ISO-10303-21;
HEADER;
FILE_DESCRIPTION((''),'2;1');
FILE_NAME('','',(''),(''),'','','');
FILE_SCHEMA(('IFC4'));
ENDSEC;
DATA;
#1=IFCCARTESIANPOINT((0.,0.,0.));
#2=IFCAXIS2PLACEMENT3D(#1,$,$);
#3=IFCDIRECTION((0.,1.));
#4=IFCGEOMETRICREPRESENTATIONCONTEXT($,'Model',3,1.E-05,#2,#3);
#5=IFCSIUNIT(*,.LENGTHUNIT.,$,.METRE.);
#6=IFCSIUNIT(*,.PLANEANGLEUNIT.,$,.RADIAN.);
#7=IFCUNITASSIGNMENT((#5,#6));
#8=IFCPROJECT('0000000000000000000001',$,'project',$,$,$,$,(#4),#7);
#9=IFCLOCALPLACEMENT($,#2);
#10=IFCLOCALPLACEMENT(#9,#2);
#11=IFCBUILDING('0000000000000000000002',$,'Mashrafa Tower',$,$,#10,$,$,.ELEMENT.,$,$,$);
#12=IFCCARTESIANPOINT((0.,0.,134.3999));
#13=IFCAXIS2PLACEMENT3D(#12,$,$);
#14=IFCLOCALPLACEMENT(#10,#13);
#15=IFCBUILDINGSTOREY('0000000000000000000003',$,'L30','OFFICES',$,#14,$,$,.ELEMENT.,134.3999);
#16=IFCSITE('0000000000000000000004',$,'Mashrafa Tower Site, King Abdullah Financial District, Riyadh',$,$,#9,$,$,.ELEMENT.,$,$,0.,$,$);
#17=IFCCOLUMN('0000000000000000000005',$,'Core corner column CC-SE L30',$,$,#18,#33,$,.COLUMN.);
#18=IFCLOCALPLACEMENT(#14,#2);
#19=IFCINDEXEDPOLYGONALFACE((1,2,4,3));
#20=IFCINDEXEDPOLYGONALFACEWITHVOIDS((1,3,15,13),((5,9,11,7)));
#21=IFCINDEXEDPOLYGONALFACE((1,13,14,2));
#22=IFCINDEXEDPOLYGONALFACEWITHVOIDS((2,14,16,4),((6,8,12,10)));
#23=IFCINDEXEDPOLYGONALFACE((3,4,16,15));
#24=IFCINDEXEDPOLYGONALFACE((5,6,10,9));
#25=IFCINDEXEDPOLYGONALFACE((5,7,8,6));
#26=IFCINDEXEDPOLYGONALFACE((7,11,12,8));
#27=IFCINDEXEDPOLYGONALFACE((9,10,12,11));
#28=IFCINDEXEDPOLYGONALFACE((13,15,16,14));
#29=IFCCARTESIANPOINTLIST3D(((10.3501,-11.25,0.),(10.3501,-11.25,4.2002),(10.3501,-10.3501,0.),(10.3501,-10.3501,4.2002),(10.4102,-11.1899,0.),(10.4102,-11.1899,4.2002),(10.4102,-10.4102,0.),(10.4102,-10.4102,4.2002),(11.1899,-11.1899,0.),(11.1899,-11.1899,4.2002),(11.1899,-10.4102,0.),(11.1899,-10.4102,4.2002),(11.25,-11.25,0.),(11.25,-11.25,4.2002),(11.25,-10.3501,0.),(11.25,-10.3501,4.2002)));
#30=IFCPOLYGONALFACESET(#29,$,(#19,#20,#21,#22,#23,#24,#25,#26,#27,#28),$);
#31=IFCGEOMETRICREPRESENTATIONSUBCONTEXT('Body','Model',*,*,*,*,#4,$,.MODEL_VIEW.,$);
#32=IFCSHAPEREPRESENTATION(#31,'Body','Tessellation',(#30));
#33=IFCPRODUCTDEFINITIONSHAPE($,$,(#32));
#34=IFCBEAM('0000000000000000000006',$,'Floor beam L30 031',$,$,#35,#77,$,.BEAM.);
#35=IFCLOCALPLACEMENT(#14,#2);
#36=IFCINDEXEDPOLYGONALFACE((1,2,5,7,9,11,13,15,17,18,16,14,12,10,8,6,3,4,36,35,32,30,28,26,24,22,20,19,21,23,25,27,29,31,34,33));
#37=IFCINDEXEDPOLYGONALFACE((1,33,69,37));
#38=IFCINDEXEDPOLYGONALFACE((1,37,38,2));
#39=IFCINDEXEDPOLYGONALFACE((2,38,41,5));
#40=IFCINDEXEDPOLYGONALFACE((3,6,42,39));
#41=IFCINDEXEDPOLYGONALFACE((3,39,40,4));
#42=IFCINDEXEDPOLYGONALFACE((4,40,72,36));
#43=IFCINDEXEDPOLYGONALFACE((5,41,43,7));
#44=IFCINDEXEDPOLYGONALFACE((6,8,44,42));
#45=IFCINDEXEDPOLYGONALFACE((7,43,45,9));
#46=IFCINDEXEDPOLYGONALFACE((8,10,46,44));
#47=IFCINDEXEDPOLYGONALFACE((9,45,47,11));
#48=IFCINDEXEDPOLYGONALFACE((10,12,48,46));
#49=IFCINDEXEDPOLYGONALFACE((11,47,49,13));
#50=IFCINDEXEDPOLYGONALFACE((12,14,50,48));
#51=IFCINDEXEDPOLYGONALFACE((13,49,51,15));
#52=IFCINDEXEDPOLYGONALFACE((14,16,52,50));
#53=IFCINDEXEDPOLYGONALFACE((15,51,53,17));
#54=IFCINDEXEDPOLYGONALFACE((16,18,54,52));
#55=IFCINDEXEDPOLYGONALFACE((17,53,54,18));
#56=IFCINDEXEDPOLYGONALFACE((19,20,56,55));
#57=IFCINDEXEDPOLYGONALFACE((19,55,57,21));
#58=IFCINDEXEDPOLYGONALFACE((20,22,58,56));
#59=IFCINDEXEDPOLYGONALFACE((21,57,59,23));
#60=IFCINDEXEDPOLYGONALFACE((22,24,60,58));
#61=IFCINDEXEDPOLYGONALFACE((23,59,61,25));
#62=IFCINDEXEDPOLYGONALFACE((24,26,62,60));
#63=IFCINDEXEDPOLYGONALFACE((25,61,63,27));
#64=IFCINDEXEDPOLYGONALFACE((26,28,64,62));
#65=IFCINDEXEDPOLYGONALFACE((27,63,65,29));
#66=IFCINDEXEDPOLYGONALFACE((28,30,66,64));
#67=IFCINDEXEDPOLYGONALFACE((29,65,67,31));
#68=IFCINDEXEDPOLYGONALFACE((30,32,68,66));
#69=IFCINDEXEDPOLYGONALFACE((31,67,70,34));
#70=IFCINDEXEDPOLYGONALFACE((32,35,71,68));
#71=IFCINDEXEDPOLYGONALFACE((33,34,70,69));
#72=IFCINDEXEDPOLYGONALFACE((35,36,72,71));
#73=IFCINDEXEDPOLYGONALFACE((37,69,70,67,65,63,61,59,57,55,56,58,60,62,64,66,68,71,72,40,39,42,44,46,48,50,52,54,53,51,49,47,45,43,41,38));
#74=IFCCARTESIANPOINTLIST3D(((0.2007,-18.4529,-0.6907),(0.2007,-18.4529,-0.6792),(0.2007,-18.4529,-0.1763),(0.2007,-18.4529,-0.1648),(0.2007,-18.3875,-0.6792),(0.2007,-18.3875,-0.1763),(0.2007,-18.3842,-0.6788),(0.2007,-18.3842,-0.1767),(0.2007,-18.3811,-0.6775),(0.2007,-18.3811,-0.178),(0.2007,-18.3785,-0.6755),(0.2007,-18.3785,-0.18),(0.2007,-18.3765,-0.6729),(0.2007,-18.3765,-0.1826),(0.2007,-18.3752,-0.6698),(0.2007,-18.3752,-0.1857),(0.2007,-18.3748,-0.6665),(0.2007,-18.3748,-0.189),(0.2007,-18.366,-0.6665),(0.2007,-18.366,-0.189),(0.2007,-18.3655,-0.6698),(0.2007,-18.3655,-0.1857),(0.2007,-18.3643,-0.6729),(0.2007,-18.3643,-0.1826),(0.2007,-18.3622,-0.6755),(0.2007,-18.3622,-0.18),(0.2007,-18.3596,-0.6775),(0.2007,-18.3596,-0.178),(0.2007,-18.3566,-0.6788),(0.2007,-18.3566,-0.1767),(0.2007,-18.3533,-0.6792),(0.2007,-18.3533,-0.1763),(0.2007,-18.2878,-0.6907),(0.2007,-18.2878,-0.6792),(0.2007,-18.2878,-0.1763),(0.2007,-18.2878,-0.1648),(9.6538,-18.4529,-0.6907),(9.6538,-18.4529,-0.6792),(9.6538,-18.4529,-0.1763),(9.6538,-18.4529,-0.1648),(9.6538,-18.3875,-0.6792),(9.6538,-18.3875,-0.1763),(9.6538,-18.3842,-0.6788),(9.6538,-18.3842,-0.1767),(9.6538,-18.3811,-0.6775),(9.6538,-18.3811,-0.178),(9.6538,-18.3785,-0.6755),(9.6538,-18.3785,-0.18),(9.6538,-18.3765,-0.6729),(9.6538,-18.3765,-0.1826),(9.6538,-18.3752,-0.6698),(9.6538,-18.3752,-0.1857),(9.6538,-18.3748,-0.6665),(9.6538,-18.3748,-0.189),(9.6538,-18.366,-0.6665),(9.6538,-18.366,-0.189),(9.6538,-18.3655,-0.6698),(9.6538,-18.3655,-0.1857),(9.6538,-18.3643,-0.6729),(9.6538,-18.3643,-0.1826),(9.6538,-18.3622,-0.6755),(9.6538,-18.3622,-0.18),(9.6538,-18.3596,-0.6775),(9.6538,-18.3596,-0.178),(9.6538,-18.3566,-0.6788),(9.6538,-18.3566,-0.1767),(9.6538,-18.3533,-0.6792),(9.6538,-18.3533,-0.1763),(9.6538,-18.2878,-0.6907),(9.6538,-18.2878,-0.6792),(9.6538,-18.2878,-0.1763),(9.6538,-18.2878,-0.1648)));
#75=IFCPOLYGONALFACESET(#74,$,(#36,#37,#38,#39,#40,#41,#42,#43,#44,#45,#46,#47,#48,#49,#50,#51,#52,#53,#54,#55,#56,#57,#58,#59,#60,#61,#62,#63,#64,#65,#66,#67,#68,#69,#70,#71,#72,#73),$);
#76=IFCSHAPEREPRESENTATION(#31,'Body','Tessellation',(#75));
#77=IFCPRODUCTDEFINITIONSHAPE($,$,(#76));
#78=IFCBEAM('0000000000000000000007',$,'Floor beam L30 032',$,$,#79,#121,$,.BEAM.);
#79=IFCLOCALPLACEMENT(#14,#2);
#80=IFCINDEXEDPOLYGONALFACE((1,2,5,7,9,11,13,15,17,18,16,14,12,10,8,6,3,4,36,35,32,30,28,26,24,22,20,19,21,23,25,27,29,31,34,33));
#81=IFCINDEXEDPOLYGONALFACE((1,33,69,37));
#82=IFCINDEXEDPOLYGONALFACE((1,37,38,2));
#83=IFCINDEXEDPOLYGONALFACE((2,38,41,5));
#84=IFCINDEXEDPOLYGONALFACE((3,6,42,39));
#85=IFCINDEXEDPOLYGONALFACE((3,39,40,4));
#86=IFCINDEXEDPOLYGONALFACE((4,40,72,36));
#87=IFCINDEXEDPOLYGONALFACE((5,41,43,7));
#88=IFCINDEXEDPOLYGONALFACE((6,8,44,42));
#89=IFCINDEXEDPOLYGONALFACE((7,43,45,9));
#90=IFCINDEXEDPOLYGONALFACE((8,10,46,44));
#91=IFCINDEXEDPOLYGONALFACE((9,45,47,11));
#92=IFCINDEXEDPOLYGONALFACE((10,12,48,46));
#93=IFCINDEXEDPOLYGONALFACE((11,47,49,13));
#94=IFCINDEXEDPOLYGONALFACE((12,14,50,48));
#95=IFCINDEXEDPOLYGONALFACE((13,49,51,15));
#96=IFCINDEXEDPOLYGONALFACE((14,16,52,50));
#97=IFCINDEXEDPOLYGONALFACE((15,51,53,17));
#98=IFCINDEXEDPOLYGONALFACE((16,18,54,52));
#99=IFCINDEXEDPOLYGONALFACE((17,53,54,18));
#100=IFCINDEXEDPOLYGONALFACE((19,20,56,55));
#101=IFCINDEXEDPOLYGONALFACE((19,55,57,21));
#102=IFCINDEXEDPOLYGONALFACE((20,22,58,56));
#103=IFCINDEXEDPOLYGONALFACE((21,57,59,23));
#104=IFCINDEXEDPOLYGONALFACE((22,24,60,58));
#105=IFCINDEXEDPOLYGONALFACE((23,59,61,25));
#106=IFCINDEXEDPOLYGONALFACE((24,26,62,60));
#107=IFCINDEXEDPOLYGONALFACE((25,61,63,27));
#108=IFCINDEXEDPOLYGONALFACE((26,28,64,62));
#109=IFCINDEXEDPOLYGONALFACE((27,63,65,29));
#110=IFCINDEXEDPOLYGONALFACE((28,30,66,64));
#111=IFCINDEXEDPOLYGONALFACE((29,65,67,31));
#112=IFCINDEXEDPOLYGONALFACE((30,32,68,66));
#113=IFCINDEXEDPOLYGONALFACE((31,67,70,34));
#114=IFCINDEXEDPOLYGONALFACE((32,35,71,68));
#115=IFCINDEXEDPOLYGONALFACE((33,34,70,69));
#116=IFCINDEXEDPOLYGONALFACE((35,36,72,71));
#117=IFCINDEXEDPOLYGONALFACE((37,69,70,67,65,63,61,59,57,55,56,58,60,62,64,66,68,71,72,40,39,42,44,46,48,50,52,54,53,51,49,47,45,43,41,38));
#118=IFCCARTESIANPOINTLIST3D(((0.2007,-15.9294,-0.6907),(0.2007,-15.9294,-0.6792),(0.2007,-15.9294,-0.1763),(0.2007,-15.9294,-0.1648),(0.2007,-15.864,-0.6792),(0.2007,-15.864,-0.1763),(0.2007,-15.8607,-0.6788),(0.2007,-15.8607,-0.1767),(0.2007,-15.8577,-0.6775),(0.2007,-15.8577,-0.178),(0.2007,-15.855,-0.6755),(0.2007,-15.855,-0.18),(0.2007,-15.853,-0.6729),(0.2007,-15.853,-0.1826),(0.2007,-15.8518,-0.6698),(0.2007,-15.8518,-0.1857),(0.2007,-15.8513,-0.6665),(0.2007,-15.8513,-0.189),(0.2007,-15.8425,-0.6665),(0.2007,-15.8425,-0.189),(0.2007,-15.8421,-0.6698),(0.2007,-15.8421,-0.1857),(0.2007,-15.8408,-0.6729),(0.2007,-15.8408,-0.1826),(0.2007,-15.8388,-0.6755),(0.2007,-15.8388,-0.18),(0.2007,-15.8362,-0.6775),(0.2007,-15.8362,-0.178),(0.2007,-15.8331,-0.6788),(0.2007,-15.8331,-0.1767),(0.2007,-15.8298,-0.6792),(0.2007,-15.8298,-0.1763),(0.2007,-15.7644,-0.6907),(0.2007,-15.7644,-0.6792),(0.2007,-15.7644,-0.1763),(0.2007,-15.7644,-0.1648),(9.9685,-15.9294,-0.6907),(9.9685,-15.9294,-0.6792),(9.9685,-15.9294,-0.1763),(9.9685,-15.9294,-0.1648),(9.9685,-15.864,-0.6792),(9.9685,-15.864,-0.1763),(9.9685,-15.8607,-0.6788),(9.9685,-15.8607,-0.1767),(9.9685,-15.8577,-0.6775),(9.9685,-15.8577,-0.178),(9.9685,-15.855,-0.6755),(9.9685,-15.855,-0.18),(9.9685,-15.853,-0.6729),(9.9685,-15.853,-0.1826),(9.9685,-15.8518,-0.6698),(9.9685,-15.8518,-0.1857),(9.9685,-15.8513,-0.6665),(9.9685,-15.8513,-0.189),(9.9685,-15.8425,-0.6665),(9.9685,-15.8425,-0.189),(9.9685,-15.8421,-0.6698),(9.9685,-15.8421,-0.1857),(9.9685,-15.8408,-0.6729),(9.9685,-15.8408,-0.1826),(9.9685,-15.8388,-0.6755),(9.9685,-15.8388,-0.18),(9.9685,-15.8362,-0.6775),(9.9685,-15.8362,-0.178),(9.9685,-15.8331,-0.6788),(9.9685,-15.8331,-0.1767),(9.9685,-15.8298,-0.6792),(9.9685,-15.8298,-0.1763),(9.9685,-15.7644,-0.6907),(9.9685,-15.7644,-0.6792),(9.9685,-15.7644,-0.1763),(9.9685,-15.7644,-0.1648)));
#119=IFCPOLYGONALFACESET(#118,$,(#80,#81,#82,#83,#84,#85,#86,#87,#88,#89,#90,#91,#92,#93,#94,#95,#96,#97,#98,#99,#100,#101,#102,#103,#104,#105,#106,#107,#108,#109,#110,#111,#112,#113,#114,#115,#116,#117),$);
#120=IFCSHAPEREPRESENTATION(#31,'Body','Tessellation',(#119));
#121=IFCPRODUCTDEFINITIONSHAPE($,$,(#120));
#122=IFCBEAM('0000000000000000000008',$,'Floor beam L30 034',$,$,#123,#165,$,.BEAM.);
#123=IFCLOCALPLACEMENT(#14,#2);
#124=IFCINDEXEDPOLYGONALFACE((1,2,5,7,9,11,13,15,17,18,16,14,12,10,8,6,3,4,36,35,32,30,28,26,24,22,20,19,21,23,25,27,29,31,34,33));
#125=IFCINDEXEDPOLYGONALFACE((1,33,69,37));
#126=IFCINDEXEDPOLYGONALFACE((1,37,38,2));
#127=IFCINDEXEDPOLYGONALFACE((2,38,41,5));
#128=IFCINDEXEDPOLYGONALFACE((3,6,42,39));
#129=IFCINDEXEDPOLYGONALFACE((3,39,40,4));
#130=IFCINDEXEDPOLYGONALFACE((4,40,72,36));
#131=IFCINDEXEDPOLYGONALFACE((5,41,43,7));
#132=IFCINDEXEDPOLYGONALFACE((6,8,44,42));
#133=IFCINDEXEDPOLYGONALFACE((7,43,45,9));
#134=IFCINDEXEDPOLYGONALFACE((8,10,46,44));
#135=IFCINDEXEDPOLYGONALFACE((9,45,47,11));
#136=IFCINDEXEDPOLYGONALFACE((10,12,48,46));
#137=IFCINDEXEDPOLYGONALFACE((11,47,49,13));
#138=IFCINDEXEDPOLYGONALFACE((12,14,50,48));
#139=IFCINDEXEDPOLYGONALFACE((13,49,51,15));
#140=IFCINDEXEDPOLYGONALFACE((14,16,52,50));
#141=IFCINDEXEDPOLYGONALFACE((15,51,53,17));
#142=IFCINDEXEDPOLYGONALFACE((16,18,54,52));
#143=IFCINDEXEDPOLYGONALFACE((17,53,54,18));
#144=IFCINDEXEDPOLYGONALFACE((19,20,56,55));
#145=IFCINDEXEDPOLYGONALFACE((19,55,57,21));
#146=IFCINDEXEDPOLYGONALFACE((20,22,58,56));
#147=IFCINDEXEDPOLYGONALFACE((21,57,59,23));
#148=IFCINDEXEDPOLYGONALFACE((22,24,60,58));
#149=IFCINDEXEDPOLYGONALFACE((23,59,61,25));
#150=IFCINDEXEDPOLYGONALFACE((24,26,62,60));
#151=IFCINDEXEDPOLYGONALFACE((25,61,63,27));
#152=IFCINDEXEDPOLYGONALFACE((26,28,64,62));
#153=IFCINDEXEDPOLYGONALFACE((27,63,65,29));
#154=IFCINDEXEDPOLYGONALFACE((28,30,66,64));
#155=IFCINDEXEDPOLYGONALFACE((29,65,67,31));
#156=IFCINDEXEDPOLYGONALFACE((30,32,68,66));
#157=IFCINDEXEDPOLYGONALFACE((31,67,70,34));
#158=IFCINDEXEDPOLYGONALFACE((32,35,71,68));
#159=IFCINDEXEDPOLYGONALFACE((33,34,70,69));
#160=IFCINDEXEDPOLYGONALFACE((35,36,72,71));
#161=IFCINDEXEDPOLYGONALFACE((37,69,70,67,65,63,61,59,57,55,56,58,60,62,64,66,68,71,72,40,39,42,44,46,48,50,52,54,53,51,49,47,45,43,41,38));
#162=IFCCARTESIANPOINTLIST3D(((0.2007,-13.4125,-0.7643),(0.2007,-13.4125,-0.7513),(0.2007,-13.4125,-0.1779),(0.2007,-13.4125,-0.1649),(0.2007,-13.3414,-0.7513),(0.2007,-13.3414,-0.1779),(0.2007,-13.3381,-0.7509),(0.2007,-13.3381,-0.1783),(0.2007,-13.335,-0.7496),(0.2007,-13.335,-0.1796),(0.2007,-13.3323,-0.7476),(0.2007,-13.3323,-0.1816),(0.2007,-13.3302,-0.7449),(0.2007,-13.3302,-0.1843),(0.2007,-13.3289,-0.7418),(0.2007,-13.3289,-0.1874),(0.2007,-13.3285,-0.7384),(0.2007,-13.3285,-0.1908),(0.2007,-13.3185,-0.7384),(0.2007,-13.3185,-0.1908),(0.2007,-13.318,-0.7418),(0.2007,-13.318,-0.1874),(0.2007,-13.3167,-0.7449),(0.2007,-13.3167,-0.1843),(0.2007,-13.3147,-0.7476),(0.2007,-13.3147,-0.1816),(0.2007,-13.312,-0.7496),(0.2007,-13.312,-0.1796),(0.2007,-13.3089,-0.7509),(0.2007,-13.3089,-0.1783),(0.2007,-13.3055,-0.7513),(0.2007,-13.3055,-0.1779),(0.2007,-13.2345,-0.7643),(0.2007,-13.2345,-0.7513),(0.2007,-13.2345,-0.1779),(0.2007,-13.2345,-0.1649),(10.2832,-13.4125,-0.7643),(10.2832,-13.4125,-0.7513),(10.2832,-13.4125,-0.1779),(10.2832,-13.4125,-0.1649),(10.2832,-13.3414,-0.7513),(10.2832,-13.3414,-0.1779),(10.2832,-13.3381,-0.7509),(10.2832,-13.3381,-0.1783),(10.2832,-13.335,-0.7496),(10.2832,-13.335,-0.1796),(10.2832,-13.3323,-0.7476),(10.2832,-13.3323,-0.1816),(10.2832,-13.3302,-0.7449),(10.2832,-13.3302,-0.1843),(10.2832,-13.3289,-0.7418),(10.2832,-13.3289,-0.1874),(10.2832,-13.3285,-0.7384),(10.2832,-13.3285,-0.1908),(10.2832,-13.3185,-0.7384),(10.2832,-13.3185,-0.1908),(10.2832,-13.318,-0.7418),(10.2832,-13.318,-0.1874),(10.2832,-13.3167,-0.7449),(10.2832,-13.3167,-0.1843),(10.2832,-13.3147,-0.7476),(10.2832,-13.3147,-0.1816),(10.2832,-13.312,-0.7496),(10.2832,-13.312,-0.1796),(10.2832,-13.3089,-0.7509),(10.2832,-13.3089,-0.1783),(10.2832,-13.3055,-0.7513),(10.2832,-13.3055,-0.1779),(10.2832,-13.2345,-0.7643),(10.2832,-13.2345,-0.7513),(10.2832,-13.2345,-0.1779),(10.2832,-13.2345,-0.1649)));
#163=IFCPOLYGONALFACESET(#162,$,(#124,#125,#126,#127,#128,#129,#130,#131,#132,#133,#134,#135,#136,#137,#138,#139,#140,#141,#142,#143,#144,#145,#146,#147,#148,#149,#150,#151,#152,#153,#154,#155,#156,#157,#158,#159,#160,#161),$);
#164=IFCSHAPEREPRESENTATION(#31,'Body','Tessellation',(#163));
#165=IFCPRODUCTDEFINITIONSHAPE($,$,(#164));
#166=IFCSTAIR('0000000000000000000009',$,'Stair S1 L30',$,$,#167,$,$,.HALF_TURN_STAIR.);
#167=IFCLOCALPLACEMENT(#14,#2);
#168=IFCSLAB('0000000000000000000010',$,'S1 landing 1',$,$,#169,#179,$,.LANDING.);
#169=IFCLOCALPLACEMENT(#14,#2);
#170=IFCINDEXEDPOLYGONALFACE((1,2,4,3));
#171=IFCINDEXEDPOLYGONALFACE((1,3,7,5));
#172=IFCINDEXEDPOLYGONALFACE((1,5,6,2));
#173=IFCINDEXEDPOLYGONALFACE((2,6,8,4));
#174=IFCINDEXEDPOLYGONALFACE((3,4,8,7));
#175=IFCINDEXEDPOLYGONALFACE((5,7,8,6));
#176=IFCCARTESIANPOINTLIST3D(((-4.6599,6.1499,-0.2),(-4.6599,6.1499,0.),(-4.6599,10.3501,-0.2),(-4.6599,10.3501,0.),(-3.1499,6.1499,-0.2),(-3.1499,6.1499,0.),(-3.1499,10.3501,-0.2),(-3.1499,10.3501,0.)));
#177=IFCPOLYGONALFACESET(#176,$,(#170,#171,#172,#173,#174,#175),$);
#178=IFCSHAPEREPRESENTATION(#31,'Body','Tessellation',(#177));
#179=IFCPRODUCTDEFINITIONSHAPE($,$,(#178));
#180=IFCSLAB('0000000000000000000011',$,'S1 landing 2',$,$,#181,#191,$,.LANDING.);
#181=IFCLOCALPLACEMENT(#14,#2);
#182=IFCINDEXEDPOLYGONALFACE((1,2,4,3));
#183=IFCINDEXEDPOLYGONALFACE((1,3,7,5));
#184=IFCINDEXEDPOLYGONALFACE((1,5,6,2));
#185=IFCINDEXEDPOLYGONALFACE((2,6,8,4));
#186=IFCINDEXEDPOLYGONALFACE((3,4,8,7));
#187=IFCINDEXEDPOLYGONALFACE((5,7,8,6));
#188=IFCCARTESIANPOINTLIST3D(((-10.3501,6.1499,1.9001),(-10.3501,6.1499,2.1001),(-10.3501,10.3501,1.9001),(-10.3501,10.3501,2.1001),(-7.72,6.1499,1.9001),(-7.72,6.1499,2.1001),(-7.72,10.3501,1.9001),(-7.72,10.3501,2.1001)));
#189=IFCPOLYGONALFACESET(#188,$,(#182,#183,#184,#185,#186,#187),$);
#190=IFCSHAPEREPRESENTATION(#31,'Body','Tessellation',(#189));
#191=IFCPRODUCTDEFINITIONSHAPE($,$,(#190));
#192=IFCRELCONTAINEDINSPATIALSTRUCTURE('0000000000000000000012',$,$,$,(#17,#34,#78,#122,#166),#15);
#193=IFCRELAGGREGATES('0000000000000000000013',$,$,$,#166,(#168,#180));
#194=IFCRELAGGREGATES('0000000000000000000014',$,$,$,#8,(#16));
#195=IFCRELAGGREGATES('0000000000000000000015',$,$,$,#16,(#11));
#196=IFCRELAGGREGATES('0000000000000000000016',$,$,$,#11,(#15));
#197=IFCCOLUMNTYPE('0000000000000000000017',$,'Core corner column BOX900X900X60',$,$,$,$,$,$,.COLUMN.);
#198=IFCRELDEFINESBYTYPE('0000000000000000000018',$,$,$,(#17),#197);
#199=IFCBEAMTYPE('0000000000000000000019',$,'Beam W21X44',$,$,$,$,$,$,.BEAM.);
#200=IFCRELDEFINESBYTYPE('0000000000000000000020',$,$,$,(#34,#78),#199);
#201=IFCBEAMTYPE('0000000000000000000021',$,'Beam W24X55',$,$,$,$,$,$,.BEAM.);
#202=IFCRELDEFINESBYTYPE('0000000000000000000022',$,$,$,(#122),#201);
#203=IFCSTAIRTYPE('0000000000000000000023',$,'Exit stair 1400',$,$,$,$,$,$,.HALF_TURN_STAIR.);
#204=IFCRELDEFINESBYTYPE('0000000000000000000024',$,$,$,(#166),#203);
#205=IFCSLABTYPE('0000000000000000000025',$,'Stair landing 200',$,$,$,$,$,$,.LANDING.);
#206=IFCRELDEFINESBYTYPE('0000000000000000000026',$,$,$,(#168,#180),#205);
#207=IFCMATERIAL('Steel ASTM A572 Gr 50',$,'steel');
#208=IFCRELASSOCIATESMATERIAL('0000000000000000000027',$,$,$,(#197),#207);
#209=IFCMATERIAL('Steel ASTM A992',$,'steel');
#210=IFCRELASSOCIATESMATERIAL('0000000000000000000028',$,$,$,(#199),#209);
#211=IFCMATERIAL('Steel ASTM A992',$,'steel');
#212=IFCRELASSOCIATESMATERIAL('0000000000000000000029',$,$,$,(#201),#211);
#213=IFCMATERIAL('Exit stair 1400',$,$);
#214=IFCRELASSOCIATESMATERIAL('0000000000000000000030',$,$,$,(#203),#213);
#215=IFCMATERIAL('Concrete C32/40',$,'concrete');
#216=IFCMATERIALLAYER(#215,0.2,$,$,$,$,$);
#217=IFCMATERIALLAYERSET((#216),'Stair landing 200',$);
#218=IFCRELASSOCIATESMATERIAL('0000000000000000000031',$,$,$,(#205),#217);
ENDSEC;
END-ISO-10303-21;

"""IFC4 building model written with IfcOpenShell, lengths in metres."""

from ifc_helpers import new_model, si_unit, direction, frame, origin, origin_2d, place, context, subcontext, project, spatial, polyline, hollow_rectangle, i_section, outline, extrude, material, layer, layer_set, material_profile, profile_set, type_object, element, aggregate, save


model = new_model("IFC4")

# Units and contexts
model_context = context("Model", 3, precision=1e-05, world=origin(), true_north=direction((0.0, 1.0)))
body_context = subcontext(model_context, "Body", "Model", "MODEL_VIEW")
ifc_project = project(units=[si_unit("LENGTHUNIT", "METRE"), si_unit("PLANEANGLEUNIT", "RADIAN")], contexts=[model_context])

# Site, building, storey
site_placement = place(None, origin())
site = spatial("IfcSite", under=ifc_project, at=site_placement, Name="Mashrafa Tower Site, King Abdullah Financial District, Riyadh", CompositionType="ELEMENT", RefElevation=0.0)
building_placement = place(site_placement, origin())
building = spatial("IfcBuilding", under=site, at=building_placement, Name="Mashrafa Tower", CompositionType="ELEMENT")
storey_placement = place(building_placement, frame((0.0, 0.0, 134.3999)))
storey = spatial("IfcBuildingStorey", under=building, at=storey_placement, Name="L30", Description="OFFICES", CompositionType="ELEMENT", Elevation=134.3999)

# Column
ifc_material_1 = material(Name="Steel ASTM A572 Gr 50", Category="steel")
ifc_material_profile_1 = material_profile(ifc_material_1, hollow_rectangle(XDim=0.8999, YDim=0.8999, WallThickness=0.0601, at=origin_2d()), Name="BOX900X900X60")
ifc_profile_set_1 = profile_set([ifc_material_profile_1], Name="Steel ASTM A572 Gr 50")
column_type = type_object("IfcColumnType", Name="Core corner column BOX900X900X60", PredefinedType="COLUMN", material=ifc_profile_set_1)
column_placement = place(storey_placement, frame((10.8, -10.8, 0.0), z_axis=(0.0, 0.0, 1.0), x_axis=(1.0, 0.0, 0.0)))
element("IfcColumn", 1, at=column_placement, inside=storey, type_object=column_type, Name="Core corner column CC-SE L30", PredefinedType="COLUMN", context=body_context, shape_type="SweptSolid", body=[
    extrude(hollow_rectangle(XDim=0.8999, YDim=0.8999, WallThickness=0.0601, at=origin_2d()), origin(), (0.0, 0.0, 1.0), 4.2002),
])

# Beams
ifc_material_2 = material(Name="Steel ASTM A992", Category="steel")
ifc_material_profile_2 = material_profile(ifc_material_2, i_section(OverallWidth=0.165, OverallDepth=0.5259, WebThickness=0.0088, FlangeThickness=0.0115, FilletRadius=0.0127, at=origin_2d()), Name="W21X44")
ifc_profile_set_2 = profile_set([ifc_material_profile_2], Name="Steel ASTM A992")
beam_type_1 = type_object("IfcBeamType", Name="Beam W21X44", PredefinedType="BEAM", material=ifc_profile_set_2)
beam_1_placement = place(storey_placement, frame((9.6538, -18.3704, -0.4277), z_axis=(-1.0, 0.0, 0.0), x_axis=(0.0, -1.0, 0.0)))
element("IfcBeam", 2, at=beam_1_placement, inside=storey, type_object=beam_type_1, Name="Floor beam L30 031", PredefinedType="BEAM", context=body_context, shape_type="SweptSolid", body=[
    extrude(i_section(OverallWidth=0.165, OverallDepth=0.5259, WebThickness=0.0088, FlangeThickness=0.0115, FilletRadius=0.0127, at=origin_2d()), origin(), (0.0, 0.0, 1.0), 9.4531),
])
beam_2_placement = place(storey_placement, frame((9.9685, -15.8469, -0.4277), z_axis=(-1.0, 0.0, 0.0), x_axis=(0.0, -1.0, 0.0)))
element("IfcBeam", 3, at=beam_2_placement, inside=storey, type_object=beam_type_1, Name="Floor beam L30 032", PredefinedType="BEAM", context=body_context, shape_type="SweptSolid", body=[
    extrude(i_section(OverallWidth=0.165, OverallDepth=0.5259, WebThickness=0.0088, FlangeThickness=0.0115, FilletRadius=0.0127, at=origin_2d()), origin(), (0.0, 0.0, 1.0), 9.7678),
])
ifc_material_3 = material(Name="Steel ASTM A992", Category="steel")
ifc_material_profile_3 = material_profile(ifc_material_3, i_section(OverallWidth=0.178, OverallDepth=0.5994, WebThickness=0.01, FlangeThickness=0.0129, FilletRadius=0.0129, at=origin_2d()), Name="W24X55")
ifc_profile_set_3 = profile_set([ifc_material_profile_3], Name="Steel ASTM A992")
beam_type_2 = type_object("IfcBeamType", Name="Beam W24X55", PredefinedType="BEAM", material=ifc_profile_set_3)
beam_3_placement = place(storey_placement, frame((10.2832, -13.3235, -0.4646), z_axis=(-1.0, 0.0, 0.0), x_axis=(0.0, -1.0, 0.0)))
element("IfcBeam", 4, at=beam_3_placement, inside=storey, type_object=beam_type_2, Name="Floor beam L30 034", PredefinedType="BEAM", context=body_context, shape_type="SweptSolid", body=[
    extrude(i_section(OverallWidth=0.178, OverallDepth=0.5994, WebThickness=0.01, FlangeThickness=0.0129, FilletRadius=0.0129, at=origin_2d()), origin(), (0.0, 0.0, 1.0), 10.0825),
])

# Stair, slabs
ifc_material_4 = material(Name="Exit stair 1400")
stair_type = type_object("IfcStairType", Name="Exit stair 1400", PredefinedType="HALF_TURN_STAIR", material=ifc_material_4)
stair_1_placement = place(storey_placement, origin())
stair_1 = element("IfcStair", 5, at=stair_1_placement, inside=storey, type_object=stair_type, Name="Stair S1 L30", PredefinedType="HALF_TURN_STAIR")
ifc_material_5 = material(Name="Concrete C32/40", Category="concrete")
ifc_layer_1 = layer(ifc_material_5, 0.2)
ifc_layer_set_1 = layer_set([ifc_layer_1], Name="Stair landing 200")
slab_type = type_object("IfcSlabType", Name="Stair landing 200", PredefinedType="LANDING", material=ifc_layer_set_1)
slab_1_placement = place(storey_placement, frame((0.0, 0.0, -0.2)))
slab_1 = element("IfcSlab", 6, at=slab_1_placement, type_object=slab_type, Name="S1 landing 1", PredefinedType="LANDING", context=body_context, shape_type="SweptSolid", body=[
    extrude(outline(polyline([(-4.6599, 6.1499), (-3.1499, 6.1499), (-3.1499, 10.3501), (-4.6599, 10.3501), (-4.6599, 6.1499)])), origin(), (0.0, 0.0, 1.0), 0.2),
])
slab_2_placement = place(storey_placement, frame((0.0, 0.0, 1.9001)))
slab_2 = element("IfcSlab", 7, at=slab_2_placement, type_object=slab_type, Name="S1 landing 2", PredefinedType="LANDING", context=body_context, shape_type="SweptSolid", body=[
    extrude(outline(polyline([(-10.3501, 6.1499), (-7.72, 6.1499), (-7.72, 10.3501), (-10.3501, 10.3501), (-10.3501, 6.1499)])), origin(), (0.0, 0.0, 1.0), 0.2),
])
aggregate(stair_1, [slab_1, slab_2])

save(model, "model.ifc")
